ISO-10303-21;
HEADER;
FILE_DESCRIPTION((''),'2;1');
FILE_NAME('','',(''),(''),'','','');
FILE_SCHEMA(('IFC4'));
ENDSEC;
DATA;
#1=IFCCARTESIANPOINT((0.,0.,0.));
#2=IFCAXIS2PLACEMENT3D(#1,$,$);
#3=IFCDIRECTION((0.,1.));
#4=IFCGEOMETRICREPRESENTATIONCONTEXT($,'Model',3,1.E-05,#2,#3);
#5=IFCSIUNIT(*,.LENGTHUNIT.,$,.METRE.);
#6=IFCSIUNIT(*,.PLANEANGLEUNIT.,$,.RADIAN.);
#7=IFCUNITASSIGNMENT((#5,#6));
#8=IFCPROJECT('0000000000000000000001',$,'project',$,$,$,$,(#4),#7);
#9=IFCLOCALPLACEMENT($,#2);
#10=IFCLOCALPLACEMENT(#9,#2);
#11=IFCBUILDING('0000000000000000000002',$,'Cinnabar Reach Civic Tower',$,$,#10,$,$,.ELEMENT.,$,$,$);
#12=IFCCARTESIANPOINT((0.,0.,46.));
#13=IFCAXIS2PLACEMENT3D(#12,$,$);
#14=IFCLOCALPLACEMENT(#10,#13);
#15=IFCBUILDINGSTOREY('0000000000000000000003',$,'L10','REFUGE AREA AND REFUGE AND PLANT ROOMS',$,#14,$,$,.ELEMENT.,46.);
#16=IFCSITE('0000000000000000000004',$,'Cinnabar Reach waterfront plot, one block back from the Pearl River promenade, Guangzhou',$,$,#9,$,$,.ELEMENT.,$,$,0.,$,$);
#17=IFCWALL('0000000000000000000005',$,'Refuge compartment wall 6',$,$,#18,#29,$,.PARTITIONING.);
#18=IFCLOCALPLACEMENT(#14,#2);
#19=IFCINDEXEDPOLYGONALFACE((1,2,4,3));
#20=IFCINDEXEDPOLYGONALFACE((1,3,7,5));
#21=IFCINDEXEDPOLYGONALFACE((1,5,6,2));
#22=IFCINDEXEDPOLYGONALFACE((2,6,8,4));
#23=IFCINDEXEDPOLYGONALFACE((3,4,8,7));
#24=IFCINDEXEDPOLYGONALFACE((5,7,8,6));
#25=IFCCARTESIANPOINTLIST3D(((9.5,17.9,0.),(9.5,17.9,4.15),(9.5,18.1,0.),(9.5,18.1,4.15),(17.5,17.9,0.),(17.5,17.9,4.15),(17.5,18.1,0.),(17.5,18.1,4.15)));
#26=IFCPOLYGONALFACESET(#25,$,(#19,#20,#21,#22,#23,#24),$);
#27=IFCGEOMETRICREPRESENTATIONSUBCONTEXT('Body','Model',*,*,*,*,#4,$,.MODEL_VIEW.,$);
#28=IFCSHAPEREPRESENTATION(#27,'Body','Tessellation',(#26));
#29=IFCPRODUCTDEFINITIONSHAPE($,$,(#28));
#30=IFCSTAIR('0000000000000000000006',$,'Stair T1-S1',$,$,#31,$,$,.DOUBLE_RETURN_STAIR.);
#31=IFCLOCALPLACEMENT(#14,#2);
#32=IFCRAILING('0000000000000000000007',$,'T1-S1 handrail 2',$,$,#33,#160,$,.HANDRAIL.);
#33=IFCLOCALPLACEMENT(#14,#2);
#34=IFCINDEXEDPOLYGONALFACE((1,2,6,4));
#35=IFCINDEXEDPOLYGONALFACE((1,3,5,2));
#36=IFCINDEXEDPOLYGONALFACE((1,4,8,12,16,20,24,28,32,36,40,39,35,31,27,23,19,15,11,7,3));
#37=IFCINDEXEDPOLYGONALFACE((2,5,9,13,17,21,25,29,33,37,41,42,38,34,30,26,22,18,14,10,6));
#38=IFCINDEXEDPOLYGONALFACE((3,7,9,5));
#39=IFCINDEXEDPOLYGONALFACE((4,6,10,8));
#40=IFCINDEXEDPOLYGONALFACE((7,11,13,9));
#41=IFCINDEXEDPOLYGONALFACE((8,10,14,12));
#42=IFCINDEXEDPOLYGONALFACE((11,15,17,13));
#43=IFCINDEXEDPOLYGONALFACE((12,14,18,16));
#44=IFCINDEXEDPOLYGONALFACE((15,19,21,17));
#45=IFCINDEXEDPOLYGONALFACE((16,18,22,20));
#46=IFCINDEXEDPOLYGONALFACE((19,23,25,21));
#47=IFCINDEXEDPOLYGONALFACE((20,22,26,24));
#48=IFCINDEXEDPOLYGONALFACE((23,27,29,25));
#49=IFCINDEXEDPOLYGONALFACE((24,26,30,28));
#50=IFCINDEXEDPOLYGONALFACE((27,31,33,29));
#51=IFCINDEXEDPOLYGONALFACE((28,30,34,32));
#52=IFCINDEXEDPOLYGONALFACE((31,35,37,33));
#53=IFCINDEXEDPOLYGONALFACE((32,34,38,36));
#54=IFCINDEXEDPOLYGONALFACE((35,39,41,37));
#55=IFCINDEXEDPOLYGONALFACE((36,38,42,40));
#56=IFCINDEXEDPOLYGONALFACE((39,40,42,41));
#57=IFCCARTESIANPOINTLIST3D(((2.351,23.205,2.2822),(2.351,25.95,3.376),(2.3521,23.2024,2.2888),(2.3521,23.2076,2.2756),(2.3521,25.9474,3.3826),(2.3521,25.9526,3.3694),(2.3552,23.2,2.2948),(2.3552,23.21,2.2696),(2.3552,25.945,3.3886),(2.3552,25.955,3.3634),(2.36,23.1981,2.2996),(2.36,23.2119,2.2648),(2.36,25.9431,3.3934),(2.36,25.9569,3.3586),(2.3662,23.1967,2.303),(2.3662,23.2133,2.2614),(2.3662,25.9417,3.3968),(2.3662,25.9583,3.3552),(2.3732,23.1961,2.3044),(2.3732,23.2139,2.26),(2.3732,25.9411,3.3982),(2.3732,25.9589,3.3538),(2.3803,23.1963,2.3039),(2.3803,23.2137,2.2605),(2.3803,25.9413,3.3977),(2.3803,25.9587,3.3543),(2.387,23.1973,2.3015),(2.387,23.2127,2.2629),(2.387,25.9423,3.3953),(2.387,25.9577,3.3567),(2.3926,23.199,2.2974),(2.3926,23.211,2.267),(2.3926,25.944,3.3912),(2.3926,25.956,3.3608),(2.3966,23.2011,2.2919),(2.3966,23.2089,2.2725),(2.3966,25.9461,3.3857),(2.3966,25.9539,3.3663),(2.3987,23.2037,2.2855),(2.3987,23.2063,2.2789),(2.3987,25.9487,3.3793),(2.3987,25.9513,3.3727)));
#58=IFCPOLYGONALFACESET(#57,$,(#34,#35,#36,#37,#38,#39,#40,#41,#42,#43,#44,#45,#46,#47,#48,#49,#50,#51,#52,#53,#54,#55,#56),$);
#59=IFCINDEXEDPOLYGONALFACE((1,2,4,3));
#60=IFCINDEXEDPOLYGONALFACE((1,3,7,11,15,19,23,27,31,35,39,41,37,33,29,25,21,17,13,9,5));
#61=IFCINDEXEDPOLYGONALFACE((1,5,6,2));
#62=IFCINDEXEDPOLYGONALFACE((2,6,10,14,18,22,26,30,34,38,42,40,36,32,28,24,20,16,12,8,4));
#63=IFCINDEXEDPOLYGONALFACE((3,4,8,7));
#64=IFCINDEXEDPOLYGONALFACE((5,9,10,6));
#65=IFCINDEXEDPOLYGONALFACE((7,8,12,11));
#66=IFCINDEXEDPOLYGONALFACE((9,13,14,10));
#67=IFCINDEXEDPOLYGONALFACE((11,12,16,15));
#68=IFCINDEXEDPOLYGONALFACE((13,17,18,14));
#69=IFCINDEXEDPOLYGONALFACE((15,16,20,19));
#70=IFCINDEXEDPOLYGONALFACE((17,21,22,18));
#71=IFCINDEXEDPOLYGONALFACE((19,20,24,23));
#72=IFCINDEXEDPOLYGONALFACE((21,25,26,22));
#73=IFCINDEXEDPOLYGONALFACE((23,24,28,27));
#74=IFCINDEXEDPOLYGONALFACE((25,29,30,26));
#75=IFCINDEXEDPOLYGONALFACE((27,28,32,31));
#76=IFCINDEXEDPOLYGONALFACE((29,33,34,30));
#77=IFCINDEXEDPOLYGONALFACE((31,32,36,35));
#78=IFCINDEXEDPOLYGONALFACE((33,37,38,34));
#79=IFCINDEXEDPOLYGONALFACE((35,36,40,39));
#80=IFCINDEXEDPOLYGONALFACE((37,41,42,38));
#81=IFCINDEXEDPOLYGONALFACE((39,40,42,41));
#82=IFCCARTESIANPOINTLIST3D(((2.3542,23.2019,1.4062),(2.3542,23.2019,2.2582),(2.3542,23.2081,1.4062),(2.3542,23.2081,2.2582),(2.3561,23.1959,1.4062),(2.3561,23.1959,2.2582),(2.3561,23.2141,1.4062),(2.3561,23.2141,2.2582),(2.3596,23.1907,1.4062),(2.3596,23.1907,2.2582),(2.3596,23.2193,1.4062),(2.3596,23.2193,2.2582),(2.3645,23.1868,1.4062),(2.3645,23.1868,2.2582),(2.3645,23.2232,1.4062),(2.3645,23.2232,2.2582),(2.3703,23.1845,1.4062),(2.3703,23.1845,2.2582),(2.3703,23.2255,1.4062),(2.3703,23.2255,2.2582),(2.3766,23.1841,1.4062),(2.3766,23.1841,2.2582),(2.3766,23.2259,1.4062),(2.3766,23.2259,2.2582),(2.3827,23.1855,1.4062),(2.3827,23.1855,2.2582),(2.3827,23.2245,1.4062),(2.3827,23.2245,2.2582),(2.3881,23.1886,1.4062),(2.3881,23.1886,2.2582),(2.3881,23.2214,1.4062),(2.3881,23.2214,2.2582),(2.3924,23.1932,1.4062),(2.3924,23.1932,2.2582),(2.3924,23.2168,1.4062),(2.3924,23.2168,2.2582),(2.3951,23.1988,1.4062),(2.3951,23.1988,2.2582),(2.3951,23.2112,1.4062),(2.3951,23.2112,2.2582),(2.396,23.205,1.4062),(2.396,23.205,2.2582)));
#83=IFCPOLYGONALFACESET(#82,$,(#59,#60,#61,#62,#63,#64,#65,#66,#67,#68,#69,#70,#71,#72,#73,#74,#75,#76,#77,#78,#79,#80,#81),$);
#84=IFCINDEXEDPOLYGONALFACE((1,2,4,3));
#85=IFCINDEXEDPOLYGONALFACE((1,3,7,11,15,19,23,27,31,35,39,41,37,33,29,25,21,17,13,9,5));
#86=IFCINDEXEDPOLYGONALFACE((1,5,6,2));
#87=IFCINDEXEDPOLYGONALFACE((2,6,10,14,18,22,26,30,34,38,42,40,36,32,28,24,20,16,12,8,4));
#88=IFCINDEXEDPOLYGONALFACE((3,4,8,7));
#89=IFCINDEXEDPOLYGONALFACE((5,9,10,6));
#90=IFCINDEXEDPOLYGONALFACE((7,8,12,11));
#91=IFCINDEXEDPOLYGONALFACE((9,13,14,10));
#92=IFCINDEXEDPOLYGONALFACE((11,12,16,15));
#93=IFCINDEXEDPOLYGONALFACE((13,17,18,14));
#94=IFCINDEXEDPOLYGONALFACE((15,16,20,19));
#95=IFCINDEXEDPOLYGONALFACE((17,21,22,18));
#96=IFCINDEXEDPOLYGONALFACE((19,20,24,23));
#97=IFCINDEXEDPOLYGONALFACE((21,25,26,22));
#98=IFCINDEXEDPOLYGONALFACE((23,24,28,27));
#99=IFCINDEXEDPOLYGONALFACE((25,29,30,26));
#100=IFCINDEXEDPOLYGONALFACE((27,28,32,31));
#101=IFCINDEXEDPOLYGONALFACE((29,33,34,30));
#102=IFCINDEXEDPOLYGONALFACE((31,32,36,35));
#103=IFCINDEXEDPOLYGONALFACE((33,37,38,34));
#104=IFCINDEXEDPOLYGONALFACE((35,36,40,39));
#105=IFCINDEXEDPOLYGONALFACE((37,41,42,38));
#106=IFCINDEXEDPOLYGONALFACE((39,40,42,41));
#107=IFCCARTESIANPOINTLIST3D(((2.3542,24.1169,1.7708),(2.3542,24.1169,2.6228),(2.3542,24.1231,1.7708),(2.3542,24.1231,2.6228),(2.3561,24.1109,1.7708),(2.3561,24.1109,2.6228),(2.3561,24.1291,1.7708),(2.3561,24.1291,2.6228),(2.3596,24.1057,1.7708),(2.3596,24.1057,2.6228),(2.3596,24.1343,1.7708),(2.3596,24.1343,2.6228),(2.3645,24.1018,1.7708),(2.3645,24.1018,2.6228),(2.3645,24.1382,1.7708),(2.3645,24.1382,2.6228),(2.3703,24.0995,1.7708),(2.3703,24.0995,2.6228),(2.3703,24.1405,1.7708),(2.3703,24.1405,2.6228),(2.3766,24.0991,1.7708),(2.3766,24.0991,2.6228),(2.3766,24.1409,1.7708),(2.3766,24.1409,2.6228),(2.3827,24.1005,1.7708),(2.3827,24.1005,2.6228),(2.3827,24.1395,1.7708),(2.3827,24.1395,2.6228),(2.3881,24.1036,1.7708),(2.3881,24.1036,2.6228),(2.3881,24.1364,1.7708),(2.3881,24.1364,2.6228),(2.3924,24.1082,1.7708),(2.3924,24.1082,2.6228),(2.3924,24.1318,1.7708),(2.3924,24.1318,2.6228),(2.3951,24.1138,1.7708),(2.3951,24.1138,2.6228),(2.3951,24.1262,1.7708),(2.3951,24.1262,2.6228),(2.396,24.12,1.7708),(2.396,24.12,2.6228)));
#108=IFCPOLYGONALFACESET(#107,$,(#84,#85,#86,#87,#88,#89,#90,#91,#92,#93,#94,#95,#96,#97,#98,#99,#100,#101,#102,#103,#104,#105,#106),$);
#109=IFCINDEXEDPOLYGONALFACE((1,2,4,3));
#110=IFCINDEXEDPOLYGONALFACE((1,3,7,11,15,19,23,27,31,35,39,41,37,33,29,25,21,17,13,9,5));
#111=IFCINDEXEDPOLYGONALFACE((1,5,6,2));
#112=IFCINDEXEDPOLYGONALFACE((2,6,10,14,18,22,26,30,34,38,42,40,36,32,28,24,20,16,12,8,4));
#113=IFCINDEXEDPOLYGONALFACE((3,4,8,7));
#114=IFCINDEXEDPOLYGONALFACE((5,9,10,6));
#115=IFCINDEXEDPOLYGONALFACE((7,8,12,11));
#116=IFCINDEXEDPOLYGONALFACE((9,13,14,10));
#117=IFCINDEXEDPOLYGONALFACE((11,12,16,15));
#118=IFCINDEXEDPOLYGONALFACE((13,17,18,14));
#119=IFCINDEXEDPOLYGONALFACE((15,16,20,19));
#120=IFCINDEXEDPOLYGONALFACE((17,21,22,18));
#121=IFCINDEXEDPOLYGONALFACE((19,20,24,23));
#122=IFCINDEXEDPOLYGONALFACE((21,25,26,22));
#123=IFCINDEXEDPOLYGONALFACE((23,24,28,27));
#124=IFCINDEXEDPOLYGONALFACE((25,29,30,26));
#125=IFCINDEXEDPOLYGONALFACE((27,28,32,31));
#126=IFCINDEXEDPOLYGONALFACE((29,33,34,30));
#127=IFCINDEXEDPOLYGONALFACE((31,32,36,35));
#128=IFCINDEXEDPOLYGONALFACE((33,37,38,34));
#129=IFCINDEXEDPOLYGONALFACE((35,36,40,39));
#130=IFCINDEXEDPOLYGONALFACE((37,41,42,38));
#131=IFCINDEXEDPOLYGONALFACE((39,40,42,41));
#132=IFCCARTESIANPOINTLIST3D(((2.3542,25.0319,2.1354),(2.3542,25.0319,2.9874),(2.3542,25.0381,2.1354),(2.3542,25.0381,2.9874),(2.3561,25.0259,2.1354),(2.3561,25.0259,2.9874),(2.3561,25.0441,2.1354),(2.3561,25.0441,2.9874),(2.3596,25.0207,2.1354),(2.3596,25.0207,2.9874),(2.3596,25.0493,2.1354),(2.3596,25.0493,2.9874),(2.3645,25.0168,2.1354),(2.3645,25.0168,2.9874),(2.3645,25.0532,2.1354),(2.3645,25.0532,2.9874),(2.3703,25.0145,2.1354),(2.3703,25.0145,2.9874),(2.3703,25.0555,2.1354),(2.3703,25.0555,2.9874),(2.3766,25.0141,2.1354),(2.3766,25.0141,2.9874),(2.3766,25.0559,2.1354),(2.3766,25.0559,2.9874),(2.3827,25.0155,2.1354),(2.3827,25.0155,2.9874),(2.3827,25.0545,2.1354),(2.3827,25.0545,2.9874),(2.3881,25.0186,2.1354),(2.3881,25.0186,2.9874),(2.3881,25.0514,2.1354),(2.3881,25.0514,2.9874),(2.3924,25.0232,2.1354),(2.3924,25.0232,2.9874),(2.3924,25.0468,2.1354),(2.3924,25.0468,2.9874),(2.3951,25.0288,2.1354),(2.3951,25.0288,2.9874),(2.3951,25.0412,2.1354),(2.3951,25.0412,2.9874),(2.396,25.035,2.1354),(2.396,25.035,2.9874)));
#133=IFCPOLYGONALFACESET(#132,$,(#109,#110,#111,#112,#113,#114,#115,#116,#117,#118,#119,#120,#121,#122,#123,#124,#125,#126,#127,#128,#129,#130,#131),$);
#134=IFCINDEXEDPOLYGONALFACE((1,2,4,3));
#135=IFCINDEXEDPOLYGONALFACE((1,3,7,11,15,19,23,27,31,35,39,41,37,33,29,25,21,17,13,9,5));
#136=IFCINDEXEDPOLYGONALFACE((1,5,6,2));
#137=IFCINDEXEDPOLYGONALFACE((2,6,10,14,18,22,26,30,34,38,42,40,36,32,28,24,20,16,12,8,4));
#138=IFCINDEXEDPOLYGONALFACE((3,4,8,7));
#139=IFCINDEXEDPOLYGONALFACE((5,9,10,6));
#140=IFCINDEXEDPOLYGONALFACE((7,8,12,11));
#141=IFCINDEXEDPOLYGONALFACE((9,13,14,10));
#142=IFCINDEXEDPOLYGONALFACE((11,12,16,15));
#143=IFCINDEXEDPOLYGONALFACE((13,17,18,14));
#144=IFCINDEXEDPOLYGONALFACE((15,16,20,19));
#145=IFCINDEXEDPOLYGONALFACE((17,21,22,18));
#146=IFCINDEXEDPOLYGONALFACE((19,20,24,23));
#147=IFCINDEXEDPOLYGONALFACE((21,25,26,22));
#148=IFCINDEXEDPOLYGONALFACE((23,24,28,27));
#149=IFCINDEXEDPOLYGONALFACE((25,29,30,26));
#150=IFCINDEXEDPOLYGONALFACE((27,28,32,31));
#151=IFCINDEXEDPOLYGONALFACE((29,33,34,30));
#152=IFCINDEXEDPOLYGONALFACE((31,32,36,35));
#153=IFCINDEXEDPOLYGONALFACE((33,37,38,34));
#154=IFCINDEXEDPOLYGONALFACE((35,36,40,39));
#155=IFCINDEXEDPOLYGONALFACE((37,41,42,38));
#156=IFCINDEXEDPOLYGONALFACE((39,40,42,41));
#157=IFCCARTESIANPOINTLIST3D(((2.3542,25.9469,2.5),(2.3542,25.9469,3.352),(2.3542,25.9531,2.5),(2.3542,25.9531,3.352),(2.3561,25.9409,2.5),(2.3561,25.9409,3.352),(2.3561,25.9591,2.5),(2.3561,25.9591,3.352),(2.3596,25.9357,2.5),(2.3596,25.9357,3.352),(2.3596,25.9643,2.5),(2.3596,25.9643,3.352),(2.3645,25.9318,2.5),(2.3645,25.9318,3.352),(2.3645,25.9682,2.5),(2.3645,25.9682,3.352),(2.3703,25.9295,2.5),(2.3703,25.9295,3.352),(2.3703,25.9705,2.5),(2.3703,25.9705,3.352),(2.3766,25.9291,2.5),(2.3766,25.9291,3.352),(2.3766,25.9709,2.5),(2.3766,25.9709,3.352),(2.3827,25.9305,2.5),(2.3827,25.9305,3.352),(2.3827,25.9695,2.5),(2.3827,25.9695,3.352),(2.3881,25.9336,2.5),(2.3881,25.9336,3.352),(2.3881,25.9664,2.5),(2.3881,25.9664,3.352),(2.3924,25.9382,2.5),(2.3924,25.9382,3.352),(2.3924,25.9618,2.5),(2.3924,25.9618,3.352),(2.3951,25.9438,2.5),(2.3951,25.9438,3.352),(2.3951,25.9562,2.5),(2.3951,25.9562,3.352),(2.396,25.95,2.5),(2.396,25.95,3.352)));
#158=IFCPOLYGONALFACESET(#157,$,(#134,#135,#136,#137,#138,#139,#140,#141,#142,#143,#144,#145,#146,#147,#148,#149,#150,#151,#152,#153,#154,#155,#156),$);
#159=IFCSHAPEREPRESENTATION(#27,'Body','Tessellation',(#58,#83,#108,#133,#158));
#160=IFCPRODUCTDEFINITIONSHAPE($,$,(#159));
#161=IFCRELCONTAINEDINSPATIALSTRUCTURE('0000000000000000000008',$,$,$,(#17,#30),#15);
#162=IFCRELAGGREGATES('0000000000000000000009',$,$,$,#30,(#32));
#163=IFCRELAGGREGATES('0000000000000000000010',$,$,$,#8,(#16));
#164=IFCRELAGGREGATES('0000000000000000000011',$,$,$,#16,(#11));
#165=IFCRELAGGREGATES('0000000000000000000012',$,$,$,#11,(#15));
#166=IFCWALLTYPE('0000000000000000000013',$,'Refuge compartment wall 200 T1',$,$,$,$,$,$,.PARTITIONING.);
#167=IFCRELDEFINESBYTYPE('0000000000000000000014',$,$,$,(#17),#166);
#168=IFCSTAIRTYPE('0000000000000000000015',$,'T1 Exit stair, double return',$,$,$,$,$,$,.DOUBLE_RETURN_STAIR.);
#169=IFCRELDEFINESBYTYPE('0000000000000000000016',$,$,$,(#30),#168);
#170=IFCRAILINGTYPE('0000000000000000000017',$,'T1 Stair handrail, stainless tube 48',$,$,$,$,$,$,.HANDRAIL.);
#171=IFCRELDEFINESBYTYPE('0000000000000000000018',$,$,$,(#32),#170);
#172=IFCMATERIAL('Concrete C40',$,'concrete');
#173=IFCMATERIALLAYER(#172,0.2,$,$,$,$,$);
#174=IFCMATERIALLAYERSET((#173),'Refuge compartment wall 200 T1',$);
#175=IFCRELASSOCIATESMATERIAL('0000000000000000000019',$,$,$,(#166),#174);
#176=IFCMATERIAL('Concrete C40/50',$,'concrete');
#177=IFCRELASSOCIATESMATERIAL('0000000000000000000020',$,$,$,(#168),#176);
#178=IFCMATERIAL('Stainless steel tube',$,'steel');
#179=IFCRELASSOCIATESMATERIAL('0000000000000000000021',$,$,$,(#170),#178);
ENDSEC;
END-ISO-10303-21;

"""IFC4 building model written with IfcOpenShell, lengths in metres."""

from ifc_helpers import new_model, si_unit, direction, frame, frame_2d, origin, origin_2d, place, context, subcontext, project, spatial, rectangle, circle, extrude, material, layer, layer_set, type_object, element, aggregate, save


model = new_model("IFC4")

# Units and contexts
model_context = context("Model", 3, precision=1e-05, world=origin(), true_north=direction((0.0, 1.0)))
body_context = subcontext(model_context, "Body", "Model", "MODEL_VIEW")
ifc_project = project(units=[si_unit("LENGTHUNIT", "METRE"), si_unit("PLANEANGLEUNIT", "RADIAN")], contexts=[model_context])

# Site, building, storey
site_placement = place(None, origin())
site = spatial("IfcSite", under=ifc_project, at=site_placement, Name="Cinnabar Reach waterfront plot, one block back from the Pearl River promenade, Guangzhou", CompositionType="ELEMENT", RefElevation=0.0)
building_placement = place(site_placement, origin())
building = spatial("IfcBuilding", under=site, at=building_placement, Name="Cinnabar Reach Civic Tower", CompositionType="ELEMENT")
storey_placement = place(building_placement, frame((0.0, 0.0, 46.0)))
storey = spatial("IfcBuildingStorey", under=building, at=storey_placement, Name="L10", Description="REFUGE AREA AND REFUGE AND PLANT ROOMS", CompositionType="ELEMENT", Elevation=46.0)

# Wall
ifc_material_1 = material(Name="Concrete C40", Category="concrete")
ifc_layer_1 = layer(ifc_material_1, 0.2)
ifc_layer_set_1 = layer_set([ifc_layer_1], Name="Refuge compartment wall 200 T1")
wall_type_1 = type_object("IfcWallType", Name="Refuge compartment wall 200 T1", PredefinedType="PARTITIONING", material=ifc_layer_set_1)
wall_1_placement = place(storey_placement, frame((9.5, 18.0, 0.0), z_axis=(0.0, 0.0, 1.0), x_axis=(1.0, 0.0, 0.0)))
element("IfcWall", 1, at=wall_1_placement, inside=storey, type_object=wall_type_1, Name="Refuge compartment wall 6", PredefinedType="PARTITIONING", context=body_context, shape_type="SweptSolid", body=[
    extrude(rectangle(XDim=8.0, YDim=0.2, at=frame_2d((4.0, 0.0))), origin(), (0.0, 0.0, 1.0), 4.15),
])

# Stair, railing
ifc_material_2 = material(Name="Concrete C40/50", Category="concrete")
stair_type = type_object("IfcStairType", Name="T1 Exit stair, double return", PredefinedType="DOUBLE_RETURN_STAIR", material=ifc_material_2)
stair_placement = place(storey_placement, origin())
stair = element("IfcStair", 2, at=stair_placement, inside=storey, type_object=stair_type, Name="Stair T1-S1", PredefinedType="DOUBLE_RETURN_STAIR")
ifc_material_3 = material(Name="Stainless steel tube", Category="steel")
railing_type = type_object("IfcRailingType", Name="T1 Stair handrail, stainless tube 48", PredefinedType="HANDRAIL", material=ifc_material_3)
railing_placement = place(storey_placement, frame((2.375, 23.205, 1.4062)))
railing = element("IfcRailing", 3, at=railing_placement, type_object=railing_type, Name="T1-S1 handrail 2", PredefinedType="HANDRAIL", context=body_context, shape_type="SweptSolid", body=[
    extrude(circle(Radius=0.024, at=origin_2d()), frame((0.0, 0.0, 0.876), z_axis=(0.0, 0.928966, 0.370165), x_axis=(-1.0, 0.0, 0.0)), (0.0, 0.0, 1.0), 2.9549),
    extrude(circle(Radius=0.021, at=origin_2d()), origin(), (0.0, 0.0, 1.0), 0.852),
    extrude(circle(Radius=0.021, at=origin_2d()), frame((0.0, 0.915, 0.3646)), (0.0, 0.0, 1.0), 0.852),
    extrude(circle(Radius=0.021, at=origin_2d()), frame((0.0, 1.83, 0.7292)), (0.0, 0.0, 1.0), 0.852),
    extrude(circle(Radius=0.021, at=origin_2d()), frame((0.0, 2.745, 1.0938)), (0.0, 0.0, 1.0), 0.852),
])
aggregate(stair, [railing])

save(model, "model.ifc")
